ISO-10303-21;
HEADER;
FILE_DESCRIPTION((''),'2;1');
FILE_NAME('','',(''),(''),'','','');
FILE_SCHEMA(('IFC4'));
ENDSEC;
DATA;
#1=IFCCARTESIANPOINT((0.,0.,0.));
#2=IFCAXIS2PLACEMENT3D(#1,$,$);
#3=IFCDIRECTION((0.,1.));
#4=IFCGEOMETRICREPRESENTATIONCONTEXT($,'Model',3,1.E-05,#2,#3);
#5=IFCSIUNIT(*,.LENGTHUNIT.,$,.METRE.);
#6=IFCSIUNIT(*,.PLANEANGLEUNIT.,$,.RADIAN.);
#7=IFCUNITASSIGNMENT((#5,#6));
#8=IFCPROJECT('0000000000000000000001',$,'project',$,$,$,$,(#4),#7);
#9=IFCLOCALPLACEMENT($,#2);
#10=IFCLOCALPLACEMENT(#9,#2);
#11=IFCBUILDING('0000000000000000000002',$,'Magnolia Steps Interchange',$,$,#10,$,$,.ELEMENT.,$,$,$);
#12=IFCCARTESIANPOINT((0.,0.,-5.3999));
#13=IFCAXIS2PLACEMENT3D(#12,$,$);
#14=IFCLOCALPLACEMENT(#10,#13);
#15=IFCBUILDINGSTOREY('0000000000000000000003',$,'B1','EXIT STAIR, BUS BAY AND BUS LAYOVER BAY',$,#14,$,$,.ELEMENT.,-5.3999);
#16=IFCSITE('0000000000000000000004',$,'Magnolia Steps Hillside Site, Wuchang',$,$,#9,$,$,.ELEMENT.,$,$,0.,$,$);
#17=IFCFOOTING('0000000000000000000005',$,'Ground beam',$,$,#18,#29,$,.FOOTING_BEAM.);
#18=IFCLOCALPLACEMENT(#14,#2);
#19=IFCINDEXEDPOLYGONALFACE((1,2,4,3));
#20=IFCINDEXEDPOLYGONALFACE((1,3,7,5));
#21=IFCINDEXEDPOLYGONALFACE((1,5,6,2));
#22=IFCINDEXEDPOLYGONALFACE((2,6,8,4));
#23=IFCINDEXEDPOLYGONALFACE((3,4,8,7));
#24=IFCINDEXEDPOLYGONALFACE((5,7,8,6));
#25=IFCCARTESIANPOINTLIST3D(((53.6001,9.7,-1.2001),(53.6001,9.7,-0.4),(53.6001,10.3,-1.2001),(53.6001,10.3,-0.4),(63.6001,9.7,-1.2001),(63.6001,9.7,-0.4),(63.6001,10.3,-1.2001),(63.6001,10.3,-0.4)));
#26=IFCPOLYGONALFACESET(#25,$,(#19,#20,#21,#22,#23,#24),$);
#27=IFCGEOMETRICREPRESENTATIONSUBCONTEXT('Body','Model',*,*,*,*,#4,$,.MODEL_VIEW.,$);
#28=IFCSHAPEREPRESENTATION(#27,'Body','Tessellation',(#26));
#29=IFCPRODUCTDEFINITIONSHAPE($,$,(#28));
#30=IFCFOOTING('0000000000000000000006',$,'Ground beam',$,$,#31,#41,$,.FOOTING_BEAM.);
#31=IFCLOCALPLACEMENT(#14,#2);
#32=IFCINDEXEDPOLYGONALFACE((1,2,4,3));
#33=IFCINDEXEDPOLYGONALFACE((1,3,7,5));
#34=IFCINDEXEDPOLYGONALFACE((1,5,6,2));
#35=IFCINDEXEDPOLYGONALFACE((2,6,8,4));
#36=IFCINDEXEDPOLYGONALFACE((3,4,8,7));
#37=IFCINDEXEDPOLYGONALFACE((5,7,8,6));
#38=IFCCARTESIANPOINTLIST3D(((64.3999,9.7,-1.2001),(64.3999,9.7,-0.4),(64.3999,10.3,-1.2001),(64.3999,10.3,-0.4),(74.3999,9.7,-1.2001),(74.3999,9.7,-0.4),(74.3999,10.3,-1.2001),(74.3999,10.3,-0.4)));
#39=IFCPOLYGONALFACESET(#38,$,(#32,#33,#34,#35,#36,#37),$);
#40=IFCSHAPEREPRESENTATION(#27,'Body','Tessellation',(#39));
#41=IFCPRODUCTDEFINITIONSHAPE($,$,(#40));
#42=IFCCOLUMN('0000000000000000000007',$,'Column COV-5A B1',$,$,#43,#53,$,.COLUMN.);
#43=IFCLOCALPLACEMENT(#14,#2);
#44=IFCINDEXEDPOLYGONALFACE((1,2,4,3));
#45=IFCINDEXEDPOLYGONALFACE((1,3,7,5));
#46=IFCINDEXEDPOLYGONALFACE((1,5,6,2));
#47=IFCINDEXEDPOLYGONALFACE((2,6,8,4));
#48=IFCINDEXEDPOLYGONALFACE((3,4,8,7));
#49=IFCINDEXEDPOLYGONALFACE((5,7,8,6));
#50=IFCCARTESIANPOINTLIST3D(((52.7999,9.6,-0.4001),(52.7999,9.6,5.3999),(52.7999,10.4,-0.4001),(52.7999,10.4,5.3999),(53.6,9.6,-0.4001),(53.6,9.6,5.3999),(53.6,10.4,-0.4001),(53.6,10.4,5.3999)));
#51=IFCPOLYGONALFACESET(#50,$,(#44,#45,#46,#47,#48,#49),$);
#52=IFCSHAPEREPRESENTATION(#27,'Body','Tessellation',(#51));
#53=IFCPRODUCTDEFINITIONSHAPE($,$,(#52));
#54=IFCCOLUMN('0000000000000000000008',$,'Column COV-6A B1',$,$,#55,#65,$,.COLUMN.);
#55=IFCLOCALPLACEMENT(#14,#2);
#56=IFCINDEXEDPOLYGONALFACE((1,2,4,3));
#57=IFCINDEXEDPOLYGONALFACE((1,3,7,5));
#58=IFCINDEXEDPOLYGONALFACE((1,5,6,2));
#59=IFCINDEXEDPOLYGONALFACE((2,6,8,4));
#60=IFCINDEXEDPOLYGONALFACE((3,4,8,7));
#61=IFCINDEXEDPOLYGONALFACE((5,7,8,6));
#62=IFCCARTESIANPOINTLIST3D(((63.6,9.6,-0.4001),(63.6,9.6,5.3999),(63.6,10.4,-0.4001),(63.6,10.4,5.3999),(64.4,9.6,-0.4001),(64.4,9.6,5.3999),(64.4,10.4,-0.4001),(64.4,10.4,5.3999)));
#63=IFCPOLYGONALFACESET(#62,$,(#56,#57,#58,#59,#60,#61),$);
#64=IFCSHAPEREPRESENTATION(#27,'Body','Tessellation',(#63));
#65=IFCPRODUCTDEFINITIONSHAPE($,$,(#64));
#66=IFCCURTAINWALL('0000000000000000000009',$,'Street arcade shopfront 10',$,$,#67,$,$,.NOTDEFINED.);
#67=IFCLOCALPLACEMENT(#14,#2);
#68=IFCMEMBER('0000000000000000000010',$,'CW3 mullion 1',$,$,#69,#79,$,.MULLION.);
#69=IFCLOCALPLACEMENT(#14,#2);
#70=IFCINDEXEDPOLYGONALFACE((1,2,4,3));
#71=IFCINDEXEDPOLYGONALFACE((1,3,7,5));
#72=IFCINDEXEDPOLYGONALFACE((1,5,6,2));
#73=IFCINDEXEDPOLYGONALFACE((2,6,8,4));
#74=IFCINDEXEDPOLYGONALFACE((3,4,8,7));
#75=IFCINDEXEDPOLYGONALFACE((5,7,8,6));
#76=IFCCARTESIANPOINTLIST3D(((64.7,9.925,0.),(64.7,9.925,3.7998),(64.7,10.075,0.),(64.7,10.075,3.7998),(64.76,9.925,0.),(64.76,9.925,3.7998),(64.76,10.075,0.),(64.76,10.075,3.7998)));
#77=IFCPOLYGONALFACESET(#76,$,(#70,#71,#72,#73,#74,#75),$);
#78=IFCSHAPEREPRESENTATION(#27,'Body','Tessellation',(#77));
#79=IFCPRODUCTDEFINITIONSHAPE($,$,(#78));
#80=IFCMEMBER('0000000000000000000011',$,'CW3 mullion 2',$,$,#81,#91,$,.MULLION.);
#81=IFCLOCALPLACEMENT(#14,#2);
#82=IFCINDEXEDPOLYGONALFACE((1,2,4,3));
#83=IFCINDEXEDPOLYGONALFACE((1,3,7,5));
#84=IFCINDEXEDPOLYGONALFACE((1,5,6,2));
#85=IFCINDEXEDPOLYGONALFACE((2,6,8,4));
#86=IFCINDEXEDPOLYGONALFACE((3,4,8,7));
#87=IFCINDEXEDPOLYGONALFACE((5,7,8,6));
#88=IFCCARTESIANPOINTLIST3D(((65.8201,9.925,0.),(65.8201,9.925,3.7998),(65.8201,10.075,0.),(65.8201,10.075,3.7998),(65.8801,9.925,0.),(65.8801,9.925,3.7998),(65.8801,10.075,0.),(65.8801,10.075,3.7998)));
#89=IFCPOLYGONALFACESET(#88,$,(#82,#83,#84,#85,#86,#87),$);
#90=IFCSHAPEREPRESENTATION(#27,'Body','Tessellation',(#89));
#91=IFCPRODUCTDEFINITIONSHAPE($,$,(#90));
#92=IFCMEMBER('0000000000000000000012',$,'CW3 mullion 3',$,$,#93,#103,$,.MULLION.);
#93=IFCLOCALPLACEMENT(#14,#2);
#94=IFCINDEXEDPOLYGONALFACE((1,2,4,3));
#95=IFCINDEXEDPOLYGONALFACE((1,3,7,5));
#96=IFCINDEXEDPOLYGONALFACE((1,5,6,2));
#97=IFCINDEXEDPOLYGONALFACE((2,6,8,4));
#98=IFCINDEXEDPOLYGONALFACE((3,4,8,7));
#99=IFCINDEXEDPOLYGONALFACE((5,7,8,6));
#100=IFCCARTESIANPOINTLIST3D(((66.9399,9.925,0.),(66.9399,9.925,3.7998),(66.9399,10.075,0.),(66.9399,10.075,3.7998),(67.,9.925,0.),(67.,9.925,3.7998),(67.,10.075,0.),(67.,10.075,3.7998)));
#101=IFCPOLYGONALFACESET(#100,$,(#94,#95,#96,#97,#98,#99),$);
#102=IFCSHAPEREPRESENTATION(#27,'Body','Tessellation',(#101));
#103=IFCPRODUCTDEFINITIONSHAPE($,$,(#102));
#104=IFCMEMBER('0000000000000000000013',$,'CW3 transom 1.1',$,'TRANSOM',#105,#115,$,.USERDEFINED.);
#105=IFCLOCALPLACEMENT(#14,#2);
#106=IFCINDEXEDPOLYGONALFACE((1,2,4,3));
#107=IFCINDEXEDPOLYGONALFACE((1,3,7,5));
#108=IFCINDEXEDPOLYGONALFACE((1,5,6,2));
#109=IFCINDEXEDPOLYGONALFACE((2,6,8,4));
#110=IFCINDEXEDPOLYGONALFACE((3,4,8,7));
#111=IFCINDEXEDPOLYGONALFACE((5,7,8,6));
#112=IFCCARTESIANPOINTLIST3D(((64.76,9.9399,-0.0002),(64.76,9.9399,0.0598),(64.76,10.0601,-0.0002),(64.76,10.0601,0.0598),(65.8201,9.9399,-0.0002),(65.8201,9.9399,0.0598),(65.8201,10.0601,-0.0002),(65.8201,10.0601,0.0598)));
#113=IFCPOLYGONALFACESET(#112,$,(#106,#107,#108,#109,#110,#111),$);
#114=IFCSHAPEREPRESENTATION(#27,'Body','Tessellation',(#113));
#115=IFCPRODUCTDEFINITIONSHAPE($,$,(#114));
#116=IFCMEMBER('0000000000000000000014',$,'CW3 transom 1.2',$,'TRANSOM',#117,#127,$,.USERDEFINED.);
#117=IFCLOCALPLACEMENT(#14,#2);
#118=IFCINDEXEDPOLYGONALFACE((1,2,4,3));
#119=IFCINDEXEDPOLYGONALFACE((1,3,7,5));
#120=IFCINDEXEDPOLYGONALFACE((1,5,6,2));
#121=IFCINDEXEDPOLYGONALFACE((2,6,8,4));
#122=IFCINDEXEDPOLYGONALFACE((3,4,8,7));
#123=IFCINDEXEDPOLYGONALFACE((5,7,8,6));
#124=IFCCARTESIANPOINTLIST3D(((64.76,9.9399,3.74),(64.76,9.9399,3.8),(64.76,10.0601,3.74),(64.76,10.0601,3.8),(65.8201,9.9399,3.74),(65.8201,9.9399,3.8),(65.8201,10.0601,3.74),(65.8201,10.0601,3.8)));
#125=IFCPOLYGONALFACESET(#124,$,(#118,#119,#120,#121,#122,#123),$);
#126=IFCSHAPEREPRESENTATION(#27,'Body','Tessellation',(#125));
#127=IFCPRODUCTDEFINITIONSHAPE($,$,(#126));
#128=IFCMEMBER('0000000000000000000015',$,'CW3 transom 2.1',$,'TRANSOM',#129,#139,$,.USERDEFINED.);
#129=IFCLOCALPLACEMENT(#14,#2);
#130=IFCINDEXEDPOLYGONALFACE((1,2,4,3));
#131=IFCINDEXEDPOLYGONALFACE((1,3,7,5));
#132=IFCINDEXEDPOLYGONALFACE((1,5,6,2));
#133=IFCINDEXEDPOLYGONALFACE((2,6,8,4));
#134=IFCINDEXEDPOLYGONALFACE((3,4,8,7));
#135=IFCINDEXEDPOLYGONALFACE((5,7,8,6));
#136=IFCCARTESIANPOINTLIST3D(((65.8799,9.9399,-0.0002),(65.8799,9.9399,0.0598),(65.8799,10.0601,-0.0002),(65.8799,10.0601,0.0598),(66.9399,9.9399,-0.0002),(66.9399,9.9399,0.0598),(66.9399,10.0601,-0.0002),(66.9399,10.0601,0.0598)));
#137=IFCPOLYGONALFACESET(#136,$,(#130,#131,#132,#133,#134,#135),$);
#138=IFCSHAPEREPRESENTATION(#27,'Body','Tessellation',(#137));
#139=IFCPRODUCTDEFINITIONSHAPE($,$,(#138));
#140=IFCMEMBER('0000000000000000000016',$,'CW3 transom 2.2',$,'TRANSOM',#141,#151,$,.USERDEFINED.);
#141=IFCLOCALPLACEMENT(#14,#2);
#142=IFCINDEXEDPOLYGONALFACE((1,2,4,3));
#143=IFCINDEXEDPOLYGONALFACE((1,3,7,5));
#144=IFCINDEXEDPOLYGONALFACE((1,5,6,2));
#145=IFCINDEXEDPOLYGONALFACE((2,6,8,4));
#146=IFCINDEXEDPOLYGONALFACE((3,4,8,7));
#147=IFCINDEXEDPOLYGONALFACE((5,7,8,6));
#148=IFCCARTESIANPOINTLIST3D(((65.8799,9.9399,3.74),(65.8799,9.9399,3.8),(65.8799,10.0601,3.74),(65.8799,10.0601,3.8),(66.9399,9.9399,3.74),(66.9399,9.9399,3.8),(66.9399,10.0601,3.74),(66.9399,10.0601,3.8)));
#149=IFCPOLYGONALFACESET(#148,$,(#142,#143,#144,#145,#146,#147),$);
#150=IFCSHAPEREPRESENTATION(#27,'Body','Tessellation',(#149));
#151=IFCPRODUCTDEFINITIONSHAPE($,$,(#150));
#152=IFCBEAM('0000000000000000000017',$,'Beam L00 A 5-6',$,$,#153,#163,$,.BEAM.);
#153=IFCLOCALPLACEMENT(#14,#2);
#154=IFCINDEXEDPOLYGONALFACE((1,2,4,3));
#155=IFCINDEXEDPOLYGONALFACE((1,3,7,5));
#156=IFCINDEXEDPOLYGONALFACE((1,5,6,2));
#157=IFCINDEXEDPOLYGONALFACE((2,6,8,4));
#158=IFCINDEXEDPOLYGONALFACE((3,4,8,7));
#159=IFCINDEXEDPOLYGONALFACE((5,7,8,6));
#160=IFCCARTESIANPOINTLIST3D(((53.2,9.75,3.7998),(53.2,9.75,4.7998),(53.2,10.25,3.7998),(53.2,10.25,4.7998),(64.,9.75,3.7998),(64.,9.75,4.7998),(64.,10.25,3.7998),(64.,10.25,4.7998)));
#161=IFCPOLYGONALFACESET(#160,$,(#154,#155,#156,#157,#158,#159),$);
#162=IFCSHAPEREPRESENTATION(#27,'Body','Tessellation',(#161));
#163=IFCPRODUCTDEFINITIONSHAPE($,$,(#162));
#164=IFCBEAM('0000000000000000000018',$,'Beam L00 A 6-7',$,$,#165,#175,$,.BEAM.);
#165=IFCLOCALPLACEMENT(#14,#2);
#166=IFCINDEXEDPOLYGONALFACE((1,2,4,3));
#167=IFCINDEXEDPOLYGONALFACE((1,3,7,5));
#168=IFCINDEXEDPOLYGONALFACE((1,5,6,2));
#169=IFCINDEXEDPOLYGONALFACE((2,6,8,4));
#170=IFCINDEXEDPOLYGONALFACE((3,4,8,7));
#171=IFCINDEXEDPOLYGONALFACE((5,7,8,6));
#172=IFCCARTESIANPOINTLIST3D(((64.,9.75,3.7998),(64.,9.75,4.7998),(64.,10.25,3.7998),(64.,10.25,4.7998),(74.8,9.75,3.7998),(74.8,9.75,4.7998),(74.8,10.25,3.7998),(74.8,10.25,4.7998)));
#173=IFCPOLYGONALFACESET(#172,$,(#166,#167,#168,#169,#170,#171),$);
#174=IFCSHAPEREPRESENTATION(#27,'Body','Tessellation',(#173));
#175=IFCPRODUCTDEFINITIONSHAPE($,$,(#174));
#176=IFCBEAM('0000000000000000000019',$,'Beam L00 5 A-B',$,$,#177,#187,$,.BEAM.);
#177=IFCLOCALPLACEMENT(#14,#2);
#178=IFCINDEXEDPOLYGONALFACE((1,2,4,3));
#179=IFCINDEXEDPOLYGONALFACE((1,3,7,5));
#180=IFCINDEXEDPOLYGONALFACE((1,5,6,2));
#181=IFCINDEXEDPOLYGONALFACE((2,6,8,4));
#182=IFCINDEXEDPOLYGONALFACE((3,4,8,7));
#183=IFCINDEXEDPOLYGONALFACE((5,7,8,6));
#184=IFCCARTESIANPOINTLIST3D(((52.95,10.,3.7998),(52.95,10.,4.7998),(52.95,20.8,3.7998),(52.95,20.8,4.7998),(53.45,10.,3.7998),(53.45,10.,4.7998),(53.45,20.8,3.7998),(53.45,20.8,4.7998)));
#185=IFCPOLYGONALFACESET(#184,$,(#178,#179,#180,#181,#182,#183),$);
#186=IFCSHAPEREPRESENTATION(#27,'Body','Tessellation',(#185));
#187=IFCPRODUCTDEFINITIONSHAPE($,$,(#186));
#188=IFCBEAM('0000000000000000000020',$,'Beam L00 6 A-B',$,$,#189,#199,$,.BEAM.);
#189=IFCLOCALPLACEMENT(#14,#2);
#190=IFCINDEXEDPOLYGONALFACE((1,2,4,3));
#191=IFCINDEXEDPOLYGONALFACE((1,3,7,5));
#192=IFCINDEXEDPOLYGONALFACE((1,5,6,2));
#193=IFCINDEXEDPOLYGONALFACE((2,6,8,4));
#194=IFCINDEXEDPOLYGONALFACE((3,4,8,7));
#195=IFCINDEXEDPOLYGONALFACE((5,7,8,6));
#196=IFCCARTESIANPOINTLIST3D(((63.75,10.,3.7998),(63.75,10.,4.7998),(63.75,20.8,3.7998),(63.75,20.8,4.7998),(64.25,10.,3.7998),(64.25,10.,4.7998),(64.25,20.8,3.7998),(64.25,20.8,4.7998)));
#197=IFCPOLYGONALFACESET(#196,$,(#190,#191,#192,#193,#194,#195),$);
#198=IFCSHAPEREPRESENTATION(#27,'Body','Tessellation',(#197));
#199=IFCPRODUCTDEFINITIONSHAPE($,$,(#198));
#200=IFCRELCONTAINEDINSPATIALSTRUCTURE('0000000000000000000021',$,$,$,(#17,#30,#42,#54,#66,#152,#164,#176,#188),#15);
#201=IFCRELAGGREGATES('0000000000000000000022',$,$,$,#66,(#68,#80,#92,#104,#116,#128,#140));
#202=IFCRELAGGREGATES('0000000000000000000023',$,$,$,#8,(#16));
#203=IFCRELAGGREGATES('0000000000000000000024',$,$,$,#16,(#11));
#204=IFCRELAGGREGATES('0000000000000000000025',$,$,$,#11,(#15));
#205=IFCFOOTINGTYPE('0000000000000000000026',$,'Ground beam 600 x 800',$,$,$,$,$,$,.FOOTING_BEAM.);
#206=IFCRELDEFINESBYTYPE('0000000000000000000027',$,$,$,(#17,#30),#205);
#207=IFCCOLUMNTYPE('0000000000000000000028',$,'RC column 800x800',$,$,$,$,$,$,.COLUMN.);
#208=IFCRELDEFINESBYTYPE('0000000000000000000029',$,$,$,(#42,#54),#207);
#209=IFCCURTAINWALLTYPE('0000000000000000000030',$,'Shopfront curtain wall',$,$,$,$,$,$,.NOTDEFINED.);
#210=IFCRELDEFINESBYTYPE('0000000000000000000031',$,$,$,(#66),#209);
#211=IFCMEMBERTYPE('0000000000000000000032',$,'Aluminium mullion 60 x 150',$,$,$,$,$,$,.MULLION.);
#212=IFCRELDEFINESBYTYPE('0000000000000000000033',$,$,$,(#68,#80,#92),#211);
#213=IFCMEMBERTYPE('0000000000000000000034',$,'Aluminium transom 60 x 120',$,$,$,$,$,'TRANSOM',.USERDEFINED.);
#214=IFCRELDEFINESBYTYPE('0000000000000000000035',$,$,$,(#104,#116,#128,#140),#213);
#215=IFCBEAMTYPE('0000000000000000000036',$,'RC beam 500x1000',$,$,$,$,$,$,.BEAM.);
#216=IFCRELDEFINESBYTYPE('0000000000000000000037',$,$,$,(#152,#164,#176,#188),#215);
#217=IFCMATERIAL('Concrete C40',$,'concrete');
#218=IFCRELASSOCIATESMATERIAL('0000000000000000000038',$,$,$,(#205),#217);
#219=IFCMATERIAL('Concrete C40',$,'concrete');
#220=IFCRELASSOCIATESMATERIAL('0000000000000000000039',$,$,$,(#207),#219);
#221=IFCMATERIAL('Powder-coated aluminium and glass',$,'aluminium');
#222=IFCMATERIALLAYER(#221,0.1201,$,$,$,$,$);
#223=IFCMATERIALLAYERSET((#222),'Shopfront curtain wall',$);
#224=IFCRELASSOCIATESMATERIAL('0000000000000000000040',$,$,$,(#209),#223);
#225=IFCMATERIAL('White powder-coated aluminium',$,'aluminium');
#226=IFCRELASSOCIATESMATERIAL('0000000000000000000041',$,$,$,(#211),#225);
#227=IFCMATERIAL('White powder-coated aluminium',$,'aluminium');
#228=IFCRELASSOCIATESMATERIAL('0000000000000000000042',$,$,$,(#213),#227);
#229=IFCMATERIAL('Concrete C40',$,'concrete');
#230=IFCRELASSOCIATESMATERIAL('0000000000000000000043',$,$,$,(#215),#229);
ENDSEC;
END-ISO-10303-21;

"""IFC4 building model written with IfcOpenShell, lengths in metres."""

from ifc_helpers import new_model, si_unit, direction, frame, origin, origin_2d, place, context, subcontext, project, spatial, rectangle, extrude, material, layer, layer_set, material_profile, profile_set, type_object, element, aggregate, save


model = new_model("IFC4")

# Units and contexts
model_context = context("Model", 3, precision=1e-05, world=origin(), true_north=direction((0.0, 1.0)))
body_context = subcontext(model_context, "Body", "Model", "MODEL_VIEW")
ifc_project = project(units=[si_unit("LENGTHUNIT", "METRE"), si_unit("PLANEANGLEUNIT", "RADIAN")], contexts=[model_context])

# Site, building, storey
site_placement = place(None, origin())
site = spatial("IfcSite", under=ifc_project, at=site_placement, Name="Magnolia Steps Hillside Site, Wuchang", CompositionType="ELEMENT", RefElevation=0.0)
building_placement = place(site_placement, origin())
building = spatial("IfcBuilding", under=site, at=building_placement, Name="Magnolia Steps Interchange", CompositionType="ELEMENT")
storey_placement = place(building_placement, frame((0.0, 0.0, -5.3999)))
storey = spatial("IfcBuildingStorey", under=building, at=storey_placement, Name="B1", Description="EXIT STAIR, BUS BAY AND BUS LAYOVER BAY", CompositionType="ELEMENT", Elevation=-5.3999)

# Footings
ifc_material_1 = material(Name="Concrete C40", Category="concrete")
ifc_material_profile_1 = material_profile(ifc_material_1, rectangle(XDim=0.6001, YDim=0.8, at=origin_2d()), Name="RC600x800")
ifc_profile_set_1 = profile_set([ifc_material_profile_1], Name="Concrete C40")
footing_type = type_object("IfcFootingType", Name="Ground beam 600 x 800", PredefinedType="FOOTING_BEAM", material=ifc_profile_set_1)
for number, where, z_axis, x_axis, name in (
    (1, (53.6001, 10.0, -0.8), (1.0, 0.0, 0.0), (0.0, 1.0, 0.0), "Ground beam"),
    (2, (64.3999, 10.0, -0.8), (1.0, 0.0, 0.0), (0.0, 1.0, 0.0), "Ground beam"),
):
    element("IfcFooting", number, at=place(storey_placement, frame(where, z_axis=z_axis, x_axis=x_axis)), inside=storey, type_object=footing_type, Name=name, PredefinedType="FOOTING_BEAM", context=body_context, shape_type="SweptSolid", body=[
        extrude(rectangle(XDim=0.6001, YDim=0.8, at=origin_2d()), origin(), (0.0, 0.0, 1.0), 10.0),
    ])

# Columns
ifc_material_2 = material(Name="Concrete C40", Category="concrete")
ifc_material_profile_2 = material_profile(ifc_material_2, rectangle(XDim=0.8, YDim=0.8, at=origin_2d()), Name="RC800x800")
ifc_profile_set_2 = profile_set([ifc_material_profile_2], Name="Concrete C40")
column_type = type_object("IfcColumnType", Name="RC column 800x800", PredefinedType="COLUMN", material=ifc_profile_set_2)
for number, where, z_axis, x_axis, name in (
    (3, (53.2, 10.0, -0.4001), (0.0, 0.0, 1.0), (1.0, 0.0, 0.0), "Column COV-5A B1"),
    (4, (64.0, 10.0, -0.4001), (0.0, 0.0, 1.0), (1.0, 0.0, 0.0), "Column COV-6A B1"),
):
    element("IfcColumn", number, at=place(storey_placement, frame(where, z_axis=z_axis, x_axis=x_axis)), inside=storey, type_object=column_type, Name=name, PredefinedType="COLUMN", context=body_context, shape_type="SweptSolid", body=[
        extrude(rectangle(XDim=0.8, YDim=0.8, at=origin_2d()), origin(), (0.0, 0.0, 1.0), 5.8),
    ])

# Curtain wall, members
ifc_material_3 = material(Name="Powder-coated aluminium and glass", Category="aluminium")
ifc_layer_1 = layer(ifc_material_3, 0.1201)
ifc_layer_set_1 = layer_set([ifc_layer_1], Name="Shopfront curtain wall")
curtain_wall_type = type_object("IfcCurtainWallType", Name="Shopfront curtain wall", PredefinedType="NOTDEFINED", material=ifc_layer_set_1)
curtain_wall_placement = place(storey_placement, origin())
curtain_wall = element("IfcCurtainWall", 5, at=curtain_wall_placement, inside=storey, type_object=curtain_wall_type, Name="Street arcade shopfront 10", PredefinedType="NOTDEFINED")
ifc_material_4 = material(Name="White powder-coated aluminium", Category="aluminium")
ifc_material_profile_3 = material_profile(ifc_material_4, rectangle(XDim=0.0601, YDim=0.1499, at=origin_2d()), Name="Aluminium mullion 60 x 150")
ifc_profile_set_3 = profile_set([ifc_material_profile_3], Name="White powder-coated aluminium")
member_type_1 = type_object("IfcMemberType", Name="Aluminium mullion 60 x 150", PredefinedType="MULLION", material=ifc_profile_set_3)
member_1_placement = place(storey_placement, frame((64.73, 10.0, 0.0), z_axis=(0.0, 0.0, 1.0), x_axis=(1.0, 0.0, 0.0)))
member_1 = element("IfcMember", 6, at=member_1_placement, type_object=member_type_1, Name="CW3 mullion 1", PredefinedType="MULLION", context=body_context, shape_type="SweptSolid", body=[
    extrude(rectangle(XDim=0.0601, YDim=0.1499, at=origin_2d()), origin(), (0.0, 0.0, 1.0), 3.7998),
])
member_2_placement = place(storey_placement, frame((65.8501, 10.0, 0.0), z_axis=(0.0, 0.0, 1.0), x_axis=(1.0, 0.0, 0.0)))
member_2 = element("IfcMember", 7, at=member_2_placement, type_object=member_type_1, Name="CW3 mullion 2", PredefinedType="MULLION", context=body_context, shape_type="SweptSolid", body=[
    extrude(rectangle(XDim=0.0601, YDim=0.1499, at=origin_2d()), origin(), (0.0, 0.0, 1.0), 3.7998),
])
member_3_placement = place(storey_placement, frame((66.97, 10.0, 0.0), z_axis=(0.0, 0.0, 1.0), x_axis=(1.0, 0.0, 0.0)))
member_3 = element("IfcMember", 8, at=member_3_placement, type_object=member_type_1, Name="CW3 mullion 3", PredefinedType="MULLION", context=body_context, shape_type="SweptSolid", body=[
    extrude(rectangle(XDim=0.0601, YDim=0.1499, at=origin_2d()), origin(), (0.0, 0.0, 1.0), 3.7998),
])
ifc_material_5 = material(Name="White powder-coated aluminium", Category="aluminium")
ifc_material_profile_4 = material_profile(ifc_material_5, rectangle(XDim=0.0601, YDim=0.1201, at=origin_2d()), Name="Aluminium transom 60 x 120")
ifc_profile_set_4 = profile_set([ifc_material_profile_4], Name="White powder-coated aluminium")
member_type_2 = type_object("IfcMemberType", Name="Aluminium transom 60 x 120", ElementType="TRANSOM", PredefinedType="USERDEFINED", material=ifc_profile_set_4)
member_4_placement = place(storey_placement, frame((64.76, 10.0, 0.0298), z_axis=(1.0, 0.0, 0.0), x_axis=(0.0, 0.0, 1.0)))
member_4 = element("IfcMember", 9, at=member_4_placement, type_object=member_type_2, Name="CW3 transom 1.1", ObjectType="TRANSOM", PredefinedType="USERDEFINED", context=body_context, shape_type="SweptSolid", body=[
    extrude(rectangle(XDim=0.0601, YDim=0.1201, at=origin_2d()), origin(), (0.0, 0.0, 1.0), 1.0601),
])
member_5_placement = place(storey_placement, frame((64.76, 10.0, 3.77), z_axis=(1.0, 0.0, 0.0), x_axis=(0.0, 0.0, 1.0)))
member_5 = element("IfcMember", 10, at=member_5_placement, type_object=member_type_2, Name="CW3 transom 1.2", ObjectType="TRANSOM", PredefinedType="USERDEFINED", context=body_context, shape_type="SweptSolid", body=[
    extrude(rectangle(XDim=0.0601, YDim=0.1201, at=origin_2d()), origin(), (0.0, 0.0, 1.0), 1.0601),
])
member_6_placement = place(storey_placement, frame((65.8799, 10.0, 0.0298), z_axis=(1.0, 0.0, 0.0), x_axis=(0.0, 0.0, 1.0)))
member_6 = element("IfcMember", 11, at=member_6_placement, type_object=member_type_2, Name="CW3 transom 2.1", ObjectType="TRANSOM", PredefinedType="USERDEFINED", context=body_context, shape_type="SweptSolid", body=[
    extrude(rectangle(XDim=0.0601, YDim=0.1201, at=origin_2d()), origin(), (0.0, 0.0, 1.0), 1.0601),
])
member_7_placement = place(storey_placement, frame((65.8799, 10.0, 3.77), z_axis=(1.0, 0.0, 0.0), x_axis=(0.0, 0.0, 1.0)))
member_7 = element("IfcMember", 12, at=member_7_placement, type_object=member_type_2, Name="CW3 transom 2.2", ObjectType="TRANSOM", PredefinedType="USERDEFINED", context=body_context, shape_type="SweptSolid", body=[
    extrude(rectangle(XDim=0.0601, YDim=0.1201, at=origin_2d()), origin(), (0.0, 0.0, 1.0), 1.0601),
])

# Beams
ifc_material_6 = material(Name="Concrete C40", Category="concrete")
ifc_material_profile_5 = material_profile(ifc_material_6, rectangle(XDim=0.5, YDim=1.0, at=origin_2d()), Name="RC500x1000")
ifc_profile_set_5 = profile_set([ifc_material_profile_5], Name="Concrete C40")
beam_type = type_object("IfcBeamType", Name="RC beam 500x1000", PredefinedType="BEAM", material=ifc_profile_set_5)
for number, where, z_axis, x_axis, name in (
    (13, (53.2, 10.0, 4.2998), (1.0, 0.0, 0.0), (0.0, 1.0, 0.0), "Beam L00 A 5-6"),
    (14, (64.0, 10.0, 4.2998), (1.0, 0.0, 0.0), (0.0, 1.0, 0.0), "Beam L00 A 6-7"),
    (15, (53.2, 10.0, 4.2998), (0.0, 1.0, 0.0), (-1.0, 0.0, 0.0), "Beam L00 5 A-B"),
    (16, (64.0, 10.0, 4.2998), (0.0, 1.0, 0.0), (-1.0, 0.0, 0.0), "Beam L00 6 A-B"),
):
    element("IfcBeam", number, at=place(storey_placement, frame(where, z_axis=z_axis, x_axis=x_axis)), inside=storey, type_object=beam_type, Name=name, PredefinedType="BEAM", context=body_context, shape_type="SweptSolid", body=[
        extrude(rectangle(XDim=0.5, YDim=1.0, at=origin_2d()), origin(), (0.0, 0.0, 1.0), 10.8),
    ])

aggregate(curtain_wall, [member_1, member_2, member_3, member_4, member_5, member_6, member_7])

save(model, "model.ifc")
